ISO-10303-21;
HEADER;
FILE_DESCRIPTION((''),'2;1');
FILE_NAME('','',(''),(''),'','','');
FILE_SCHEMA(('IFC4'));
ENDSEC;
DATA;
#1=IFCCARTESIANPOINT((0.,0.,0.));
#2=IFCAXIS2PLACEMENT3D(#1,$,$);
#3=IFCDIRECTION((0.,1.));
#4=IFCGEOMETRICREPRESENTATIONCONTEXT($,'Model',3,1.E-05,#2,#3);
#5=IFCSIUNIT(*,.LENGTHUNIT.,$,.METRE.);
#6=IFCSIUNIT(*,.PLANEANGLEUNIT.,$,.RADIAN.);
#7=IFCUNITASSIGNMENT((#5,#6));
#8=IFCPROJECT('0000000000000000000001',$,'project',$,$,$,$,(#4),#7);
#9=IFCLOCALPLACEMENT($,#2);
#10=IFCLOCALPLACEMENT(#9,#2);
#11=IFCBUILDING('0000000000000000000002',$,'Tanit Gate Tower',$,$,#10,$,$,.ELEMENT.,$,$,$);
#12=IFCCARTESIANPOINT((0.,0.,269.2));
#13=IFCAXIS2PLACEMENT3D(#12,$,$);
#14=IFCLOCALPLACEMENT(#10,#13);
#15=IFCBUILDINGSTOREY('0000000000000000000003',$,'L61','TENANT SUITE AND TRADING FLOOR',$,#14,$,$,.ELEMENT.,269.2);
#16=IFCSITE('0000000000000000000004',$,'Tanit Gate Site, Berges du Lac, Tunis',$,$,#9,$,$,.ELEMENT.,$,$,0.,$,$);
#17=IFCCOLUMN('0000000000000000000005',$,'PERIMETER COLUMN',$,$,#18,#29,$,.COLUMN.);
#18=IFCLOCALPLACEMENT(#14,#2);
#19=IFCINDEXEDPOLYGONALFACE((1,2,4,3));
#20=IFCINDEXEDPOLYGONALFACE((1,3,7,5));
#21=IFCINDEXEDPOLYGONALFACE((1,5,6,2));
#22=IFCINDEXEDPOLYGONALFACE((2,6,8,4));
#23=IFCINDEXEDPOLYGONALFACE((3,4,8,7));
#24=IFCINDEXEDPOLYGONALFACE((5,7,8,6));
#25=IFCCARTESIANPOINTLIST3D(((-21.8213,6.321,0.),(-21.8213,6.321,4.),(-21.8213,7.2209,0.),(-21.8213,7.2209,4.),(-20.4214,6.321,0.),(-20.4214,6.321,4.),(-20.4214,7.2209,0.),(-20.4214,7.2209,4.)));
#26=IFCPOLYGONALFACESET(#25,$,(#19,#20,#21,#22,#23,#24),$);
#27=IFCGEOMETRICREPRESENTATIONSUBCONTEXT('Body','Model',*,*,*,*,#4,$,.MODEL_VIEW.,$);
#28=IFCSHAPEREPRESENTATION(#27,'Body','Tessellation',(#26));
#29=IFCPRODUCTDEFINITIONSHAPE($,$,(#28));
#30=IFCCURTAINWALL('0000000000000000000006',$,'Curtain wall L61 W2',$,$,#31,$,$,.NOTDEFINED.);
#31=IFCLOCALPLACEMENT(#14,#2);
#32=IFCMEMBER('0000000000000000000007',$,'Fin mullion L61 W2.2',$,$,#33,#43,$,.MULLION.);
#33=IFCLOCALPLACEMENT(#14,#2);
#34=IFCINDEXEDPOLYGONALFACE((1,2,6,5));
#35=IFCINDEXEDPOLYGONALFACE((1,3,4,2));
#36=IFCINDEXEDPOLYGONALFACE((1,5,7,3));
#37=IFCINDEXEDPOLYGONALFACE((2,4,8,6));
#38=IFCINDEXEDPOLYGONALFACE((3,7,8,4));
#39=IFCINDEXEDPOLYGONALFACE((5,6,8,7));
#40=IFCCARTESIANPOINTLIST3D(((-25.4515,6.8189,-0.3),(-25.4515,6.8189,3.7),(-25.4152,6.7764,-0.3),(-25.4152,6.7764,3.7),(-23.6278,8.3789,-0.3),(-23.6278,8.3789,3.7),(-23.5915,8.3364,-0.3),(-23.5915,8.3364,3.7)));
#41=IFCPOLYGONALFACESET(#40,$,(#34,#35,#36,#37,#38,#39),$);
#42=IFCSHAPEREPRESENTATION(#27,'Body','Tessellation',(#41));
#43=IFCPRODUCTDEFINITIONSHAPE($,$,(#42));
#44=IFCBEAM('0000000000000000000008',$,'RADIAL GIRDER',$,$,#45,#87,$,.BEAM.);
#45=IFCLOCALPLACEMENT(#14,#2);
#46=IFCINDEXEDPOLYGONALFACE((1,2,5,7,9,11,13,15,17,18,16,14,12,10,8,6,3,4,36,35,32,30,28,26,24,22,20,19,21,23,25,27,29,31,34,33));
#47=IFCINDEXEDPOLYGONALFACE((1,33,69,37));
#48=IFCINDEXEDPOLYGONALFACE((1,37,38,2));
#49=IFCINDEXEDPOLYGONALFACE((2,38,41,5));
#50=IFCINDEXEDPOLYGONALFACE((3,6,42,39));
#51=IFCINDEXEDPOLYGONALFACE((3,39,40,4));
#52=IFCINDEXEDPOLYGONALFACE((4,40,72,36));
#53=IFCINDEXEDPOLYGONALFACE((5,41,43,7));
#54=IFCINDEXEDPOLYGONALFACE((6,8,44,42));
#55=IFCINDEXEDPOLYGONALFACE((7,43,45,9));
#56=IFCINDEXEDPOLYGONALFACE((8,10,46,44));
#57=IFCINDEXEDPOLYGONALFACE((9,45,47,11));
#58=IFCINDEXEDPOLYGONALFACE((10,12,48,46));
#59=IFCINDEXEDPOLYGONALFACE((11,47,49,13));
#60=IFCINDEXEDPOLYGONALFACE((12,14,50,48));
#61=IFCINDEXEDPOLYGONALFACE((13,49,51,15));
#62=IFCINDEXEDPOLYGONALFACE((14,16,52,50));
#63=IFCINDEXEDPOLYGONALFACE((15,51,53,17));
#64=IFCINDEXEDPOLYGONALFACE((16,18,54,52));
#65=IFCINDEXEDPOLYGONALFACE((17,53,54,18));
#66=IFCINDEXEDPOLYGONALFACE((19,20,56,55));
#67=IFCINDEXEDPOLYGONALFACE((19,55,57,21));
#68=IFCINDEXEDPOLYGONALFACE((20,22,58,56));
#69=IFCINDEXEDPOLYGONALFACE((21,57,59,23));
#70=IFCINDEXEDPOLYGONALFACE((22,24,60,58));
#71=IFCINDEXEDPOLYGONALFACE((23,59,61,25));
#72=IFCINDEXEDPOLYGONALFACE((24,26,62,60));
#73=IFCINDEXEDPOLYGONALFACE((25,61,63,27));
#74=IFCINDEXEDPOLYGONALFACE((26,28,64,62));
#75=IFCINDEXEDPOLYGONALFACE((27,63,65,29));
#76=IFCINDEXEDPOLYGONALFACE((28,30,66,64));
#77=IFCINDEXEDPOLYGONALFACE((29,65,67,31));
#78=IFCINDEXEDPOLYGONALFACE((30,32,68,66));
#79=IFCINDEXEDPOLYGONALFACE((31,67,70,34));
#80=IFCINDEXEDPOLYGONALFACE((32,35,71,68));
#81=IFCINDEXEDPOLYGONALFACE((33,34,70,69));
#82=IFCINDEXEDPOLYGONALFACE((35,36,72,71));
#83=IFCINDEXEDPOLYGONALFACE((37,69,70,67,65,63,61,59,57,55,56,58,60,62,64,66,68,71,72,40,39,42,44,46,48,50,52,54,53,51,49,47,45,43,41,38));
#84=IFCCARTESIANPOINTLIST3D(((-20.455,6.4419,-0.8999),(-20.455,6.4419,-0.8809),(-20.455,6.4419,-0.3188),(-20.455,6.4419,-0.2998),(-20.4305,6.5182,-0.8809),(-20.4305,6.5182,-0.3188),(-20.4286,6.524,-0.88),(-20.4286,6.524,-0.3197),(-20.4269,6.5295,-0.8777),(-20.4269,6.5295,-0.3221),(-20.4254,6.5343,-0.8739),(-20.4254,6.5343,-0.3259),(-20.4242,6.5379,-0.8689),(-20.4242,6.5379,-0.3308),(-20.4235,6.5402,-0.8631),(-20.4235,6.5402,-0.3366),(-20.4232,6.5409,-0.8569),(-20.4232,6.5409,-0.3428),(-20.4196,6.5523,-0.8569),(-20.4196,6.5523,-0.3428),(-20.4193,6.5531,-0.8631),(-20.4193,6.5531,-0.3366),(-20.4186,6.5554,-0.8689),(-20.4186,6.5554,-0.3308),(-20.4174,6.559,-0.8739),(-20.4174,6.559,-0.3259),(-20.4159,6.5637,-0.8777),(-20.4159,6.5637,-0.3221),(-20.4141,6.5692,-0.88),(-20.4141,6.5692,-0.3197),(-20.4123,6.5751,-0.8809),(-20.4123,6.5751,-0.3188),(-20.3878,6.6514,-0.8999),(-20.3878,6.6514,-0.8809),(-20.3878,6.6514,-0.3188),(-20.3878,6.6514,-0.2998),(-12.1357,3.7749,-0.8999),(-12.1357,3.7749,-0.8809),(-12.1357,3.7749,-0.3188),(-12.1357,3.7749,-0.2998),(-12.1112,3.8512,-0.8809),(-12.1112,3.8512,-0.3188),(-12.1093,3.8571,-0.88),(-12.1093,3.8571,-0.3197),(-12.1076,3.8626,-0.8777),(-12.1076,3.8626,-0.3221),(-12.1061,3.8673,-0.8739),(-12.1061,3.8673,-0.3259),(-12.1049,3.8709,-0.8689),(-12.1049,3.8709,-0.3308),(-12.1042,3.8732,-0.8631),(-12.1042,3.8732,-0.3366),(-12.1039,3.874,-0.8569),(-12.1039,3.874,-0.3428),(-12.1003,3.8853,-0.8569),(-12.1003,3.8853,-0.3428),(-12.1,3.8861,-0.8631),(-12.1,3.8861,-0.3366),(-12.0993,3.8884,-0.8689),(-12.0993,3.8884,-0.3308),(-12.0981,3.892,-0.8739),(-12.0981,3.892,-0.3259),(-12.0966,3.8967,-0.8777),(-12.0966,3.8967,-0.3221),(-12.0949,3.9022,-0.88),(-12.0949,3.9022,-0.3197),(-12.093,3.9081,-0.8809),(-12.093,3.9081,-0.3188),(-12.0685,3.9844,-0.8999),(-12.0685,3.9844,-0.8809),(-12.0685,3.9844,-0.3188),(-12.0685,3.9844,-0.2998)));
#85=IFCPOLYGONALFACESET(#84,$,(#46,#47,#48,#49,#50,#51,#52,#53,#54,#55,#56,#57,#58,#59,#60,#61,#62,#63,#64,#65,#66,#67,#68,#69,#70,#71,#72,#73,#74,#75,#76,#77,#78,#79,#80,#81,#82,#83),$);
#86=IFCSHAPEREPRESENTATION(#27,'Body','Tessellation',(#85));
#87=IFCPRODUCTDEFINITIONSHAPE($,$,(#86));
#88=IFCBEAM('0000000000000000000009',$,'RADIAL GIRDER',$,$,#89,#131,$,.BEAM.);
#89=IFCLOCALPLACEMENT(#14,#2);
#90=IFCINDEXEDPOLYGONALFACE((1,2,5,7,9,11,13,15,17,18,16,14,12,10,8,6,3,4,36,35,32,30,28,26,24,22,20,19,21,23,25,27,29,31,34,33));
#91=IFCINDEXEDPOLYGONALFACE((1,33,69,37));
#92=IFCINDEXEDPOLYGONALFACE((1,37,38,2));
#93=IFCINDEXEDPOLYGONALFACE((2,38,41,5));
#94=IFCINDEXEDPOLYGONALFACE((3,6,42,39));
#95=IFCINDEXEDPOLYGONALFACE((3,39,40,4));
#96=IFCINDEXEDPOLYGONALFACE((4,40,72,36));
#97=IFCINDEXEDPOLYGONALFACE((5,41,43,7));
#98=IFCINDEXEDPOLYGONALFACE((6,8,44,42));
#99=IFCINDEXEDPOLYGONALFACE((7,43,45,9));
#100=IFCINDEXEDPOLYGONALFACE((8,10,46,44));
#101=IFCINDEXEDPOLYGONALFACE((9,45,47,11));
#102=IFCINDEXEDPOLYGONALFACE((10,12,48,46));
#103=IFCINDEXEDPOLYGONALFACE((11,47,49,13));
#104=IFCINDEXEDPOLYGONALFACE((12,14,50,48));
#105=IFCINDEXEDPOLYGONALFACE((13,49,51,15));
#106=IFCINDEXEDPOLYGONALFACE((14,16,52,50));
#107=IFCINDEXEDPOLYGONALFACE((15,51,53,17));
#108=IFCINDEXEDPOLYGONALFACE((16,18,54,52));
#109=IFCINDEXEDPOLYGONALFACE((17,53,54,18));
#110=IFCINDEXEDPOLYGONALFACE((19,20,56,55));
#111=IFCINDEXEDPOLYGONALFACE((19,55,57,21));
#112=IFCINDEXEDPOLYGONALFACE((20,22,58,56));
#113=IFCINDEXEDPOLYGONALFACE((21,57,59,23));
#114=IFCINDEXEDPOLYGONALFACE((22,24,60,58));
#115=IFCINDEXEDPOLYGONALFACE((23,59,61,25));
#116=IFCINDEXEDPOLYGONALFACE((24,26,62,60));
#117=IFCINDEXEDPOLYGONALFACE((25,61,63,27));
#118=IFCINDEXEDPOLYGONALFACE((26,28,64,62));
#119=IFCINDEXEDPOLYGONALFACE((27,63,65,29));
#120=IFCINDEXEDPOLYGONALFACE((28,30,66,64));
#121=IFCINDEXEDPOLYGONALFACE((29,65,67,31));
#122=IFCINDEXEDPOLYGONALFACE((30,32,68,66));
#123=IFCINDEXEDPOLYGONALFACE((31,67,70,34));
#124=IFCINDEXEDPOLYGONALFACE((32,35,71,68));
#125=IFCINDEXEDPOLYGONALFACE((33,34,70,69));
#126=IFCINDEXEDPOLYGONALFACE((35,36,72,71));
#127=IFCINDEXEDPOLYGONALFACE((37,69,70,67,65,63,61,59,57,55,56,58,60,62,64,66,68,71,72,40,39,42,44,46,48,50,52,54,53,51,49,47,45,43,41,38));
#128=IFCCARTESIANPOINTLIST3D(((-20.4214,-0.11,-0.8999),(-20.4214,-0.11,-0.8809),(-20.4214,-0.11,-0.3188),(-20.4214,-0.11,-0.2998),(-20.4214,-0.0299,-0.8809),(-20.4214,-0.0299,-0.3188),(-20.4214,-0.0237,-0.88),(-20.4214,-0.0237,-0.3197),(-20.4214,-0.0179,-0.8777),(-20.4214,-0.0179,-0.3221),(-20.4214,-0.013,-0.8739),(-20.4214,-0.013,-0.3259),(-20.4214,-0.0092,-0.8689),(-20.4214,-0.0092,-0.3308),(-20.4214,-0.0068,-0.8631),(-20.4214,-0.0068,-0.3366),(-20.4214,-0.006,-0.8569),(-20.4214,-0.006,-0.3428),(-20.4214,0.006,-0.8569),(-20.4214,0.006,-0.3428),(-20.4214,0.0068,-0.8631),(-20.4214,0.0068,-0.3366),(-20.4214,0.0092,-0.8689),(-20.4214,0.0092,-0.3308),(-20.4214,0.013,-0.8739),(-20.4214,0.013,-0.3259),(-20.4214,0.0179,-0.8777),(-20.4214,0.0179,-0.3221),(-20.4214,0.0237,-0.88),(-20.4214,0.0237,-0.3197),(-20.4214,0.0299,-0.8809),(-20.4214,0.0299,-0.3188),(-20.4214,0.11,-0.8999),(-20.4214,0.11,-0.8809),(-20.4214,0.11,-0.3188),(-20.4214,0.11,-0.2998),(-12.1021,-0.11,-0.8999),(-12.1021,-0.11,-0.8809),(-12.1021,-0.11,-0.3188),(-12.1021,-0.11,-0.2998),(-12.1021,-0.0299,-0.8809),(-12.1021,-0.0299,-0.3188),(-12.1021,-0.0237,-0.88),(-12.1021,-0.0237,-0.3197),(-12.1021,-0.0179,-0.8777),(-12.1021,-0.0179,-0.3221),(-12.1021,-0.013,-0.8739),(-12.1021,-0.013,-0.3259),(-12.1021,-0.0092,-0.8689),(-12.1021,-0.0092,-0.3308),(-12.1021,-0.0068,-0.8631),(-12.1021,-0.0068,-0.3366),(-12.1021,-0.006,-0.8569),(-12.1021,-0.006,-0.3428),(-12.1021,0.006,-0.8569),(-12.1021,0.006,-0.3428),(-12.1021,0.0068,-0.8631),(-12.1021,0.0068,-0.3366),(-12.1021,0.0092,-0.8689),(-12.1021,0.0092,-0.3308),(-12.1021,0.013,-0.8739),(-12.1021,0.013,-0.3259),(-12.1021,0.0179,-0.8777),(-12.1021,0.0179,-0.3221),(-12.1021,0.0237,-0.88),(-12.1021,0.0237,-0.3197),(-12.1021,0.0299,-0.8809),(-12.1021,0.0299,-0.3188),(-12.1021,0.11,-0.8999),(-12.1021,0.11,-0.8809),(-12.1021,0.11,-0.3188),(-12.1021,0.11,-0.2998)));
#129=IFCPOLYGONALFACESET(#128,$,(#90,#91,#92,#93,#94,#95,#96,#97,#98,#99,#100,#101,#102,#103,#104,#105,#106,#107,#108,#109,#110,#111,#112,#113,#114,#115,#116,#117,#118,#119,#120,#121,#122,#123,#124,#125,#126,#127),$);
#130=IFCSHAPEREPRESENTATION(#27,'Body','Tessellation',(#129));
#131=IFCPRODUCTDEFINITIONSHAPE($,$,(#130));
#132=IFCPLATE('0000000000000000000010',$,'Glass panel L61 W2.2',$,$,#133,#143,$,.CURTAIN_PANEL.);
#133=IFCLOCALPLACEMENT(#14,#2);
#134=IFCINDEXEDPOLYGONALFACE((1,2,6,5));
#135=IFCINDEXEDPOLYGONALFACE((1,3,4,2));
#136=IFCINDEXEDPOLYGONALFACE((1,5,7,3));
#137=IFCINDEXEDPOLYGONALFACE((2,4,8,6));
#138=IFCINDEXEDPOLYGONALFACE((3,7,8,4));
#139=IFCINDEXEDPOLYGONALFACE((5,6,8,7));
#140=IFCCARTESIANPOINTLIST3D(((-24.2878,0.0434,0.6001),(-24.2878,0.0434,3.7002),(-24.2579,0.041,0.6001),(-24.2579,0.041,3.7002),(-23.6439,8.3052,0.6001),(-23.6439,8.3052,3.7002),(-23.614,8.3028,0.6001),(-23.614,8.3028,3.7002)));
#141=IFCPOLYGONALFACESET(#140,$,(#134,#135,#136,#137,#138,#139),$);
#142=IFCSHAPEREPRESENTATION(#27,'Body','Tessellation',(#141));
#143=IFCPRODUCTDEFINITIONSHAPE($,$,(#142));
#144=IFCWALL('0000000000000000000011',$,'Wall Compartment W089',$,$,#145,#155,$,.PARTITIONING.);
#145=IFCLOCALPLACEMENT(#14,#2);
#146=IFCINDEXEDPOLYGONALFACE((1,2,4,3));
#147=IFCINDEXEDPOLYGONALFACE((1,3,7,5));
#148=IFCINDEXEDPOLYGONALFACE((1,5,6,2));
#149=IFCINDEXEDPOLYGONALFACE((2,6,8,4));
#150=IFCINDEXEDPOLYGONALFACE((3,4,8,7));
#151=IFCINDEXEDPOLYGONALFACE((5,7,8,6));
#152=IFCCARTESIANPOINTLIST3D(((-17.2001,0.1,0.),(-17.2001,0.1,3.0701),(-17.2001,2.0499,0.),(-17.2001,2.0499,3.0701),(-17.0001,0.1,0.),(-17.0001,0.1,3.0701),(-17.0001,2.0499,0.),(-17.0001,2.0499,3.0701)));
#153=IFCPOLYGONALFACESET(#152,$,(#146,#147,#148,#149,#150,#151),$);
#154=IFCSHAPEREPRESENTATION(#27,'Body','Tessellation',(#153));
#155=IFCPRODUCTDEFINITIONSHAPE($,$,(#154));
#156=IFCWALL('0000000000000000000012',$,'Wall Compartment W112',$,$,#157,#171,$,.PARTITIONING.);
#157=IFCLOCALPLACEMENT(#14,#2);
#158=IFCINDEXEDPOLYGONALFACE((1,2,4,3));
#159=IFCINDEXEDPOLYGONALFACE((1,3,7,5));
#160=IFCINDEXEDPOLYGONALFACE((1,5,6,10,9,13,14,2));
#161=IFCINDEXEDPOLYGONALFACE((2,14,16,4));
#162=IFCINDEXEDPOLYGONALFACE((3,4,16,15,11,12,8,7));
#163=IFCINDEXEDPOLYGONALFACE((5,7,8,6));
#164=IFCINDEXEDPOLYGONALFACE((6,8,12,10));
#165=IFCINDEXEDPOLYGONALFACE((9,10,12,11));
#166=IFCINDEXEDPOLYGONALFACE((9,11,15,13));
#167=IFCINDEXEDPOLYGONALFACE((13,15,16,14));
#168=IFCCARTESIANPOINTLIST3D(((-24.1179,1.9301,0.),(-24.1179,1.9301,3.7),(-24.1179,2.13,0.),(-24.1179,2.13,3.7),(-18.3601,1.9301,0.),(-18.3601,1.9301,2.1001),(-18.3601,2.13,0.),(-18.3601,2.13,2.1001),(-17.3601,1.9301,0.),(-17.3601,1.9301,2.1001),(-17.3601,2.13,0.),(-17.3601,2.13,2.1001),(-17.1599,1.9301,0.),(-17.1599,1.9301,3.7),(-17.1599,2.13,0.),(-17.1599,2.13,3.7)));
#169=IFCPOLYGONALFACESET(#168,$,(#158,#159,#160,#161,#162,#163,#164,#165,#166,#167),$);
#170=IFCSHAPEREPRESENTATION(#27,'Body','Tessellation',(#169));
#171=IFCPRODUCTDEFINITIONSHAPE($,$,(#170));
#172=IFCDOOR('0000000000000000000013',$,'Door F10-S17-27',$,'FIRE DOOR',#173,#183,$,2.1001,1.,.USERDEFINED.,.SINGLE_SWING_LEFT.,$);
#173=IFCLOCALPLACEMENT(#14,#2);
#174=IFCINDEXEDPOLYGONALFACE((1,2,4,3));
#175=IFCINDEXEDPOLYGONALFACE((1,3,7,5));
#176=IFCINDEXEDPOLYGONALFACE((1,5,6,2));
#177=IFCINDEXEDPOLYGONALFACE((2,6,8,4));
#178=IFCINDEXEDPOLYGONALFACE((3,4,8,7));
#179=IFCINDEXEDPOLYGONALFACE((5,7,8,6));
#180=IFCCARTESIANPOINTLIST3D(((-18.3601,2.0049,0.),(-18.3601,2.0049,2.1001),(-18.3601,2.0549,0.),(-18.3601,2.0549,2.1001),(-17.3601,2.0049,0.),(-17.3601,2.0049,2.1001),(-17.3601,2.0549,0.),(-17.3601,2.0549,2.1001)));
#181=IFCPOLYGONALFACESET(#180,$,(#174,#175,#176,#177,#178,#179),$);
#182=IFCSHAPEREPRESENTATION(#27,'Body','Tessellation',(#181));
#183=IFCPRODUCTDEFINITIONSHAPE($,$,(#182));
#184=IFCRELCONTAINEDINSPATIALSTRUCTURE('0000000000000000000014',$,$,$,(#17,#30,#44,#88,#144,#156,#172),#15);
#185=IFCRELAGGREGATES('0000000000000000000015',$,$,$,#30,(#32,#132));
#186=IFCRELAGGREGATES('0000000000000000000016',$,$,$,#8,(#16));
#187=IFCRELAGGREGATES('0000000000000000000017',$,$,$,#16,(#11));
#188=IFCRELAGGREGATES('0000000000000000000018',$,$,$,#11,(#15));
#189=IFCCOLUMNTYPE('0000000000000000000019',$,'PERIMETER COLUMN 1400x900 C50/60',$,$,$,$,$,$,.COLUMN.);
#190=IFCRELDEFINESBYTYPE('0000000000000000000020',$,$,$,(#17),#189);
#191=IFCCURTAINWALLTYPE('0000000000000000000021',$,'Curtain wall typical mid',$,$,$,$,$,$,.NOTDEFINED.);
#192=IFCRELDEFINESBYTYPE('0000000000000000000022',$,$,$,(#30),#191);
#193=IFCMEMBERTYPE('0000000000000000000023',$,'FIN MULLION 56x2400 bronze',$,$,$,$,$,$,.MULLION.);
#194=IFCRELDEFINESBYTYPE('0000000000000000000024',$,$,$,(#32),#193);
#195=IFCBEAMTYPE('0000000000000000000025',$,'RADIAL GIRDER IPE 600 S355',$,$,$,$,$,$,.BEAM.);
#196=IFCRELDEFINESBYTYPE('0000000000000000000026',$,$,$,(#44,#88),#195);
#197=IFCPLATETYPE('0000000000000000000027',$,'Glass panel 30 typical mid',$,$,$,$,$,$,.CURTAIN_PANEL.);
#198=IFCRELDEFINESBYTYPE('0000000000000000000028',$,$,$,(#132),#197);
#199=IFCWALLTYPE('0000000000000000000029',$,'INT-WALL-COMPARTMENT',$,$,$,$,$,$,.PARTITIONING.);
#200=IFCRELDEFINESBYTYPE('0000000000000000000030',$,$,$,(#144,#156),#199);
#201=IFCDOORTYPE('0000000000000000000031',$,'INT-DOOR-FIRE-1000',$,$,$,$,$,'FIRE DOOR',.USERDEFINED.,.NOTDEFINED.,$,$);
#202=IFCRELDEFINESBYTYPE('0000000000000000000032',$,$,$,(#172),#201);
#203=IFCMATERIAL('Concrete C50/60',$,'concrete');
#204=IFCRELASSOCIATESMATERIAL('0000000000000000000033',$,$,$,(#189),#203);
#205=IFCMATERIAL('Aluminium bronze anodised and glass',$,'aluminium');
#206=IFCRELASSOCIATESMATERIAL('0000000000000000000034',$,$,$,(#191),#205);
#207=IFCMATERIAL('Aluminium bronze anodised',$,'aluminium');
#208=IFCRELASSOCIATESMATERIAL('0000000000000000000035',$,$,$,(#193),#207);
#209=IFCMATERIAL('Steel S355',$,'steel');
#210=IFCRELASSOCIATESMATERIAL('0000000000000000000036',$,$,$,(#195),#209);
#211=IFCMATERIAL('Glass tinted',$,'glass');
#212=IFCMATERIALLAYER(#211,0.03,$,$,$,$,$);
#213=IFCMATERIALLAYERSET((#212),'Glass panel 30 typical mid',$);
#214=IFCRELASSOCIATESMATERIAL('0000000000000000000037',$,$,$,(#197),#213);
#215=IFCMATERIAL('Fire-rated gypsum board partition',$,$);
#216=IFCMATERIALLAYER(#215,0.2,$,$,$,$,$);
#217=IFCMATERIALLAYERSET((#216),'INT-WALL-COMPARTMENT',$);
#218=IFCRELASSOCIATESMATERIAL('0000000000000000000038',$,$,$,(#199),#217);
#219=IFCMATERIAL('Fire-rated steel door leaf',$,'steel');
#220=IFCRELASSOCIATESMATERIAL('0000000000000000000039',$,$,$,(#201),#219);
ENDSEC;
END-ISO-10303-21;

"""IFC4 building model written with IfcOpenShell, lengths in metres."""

from ifc_helpers import new_model, si_unit, direction, frame, frame_2d, origin, origin_2d, place, context, subcontext, project, spatial, rectangle, i_section, extrude, material, layer, layer_set, material_profile, profile_set, type_object, element, fill, aggregate, save


model = new_model("IFC4")

# Units and contexts
model_context = context("Model", 3, precision=1e-05, world=origin(), true_north=direction((0.0, 1.0)))
body_context = subcontext(model_context, "Body", "Model", "MODEL_VIEW")
ifc_project = project(units=[si_unit("LENGTHUNIT", "METRE"), si_unit("PLANEANGLEUNIT", "RADIAN")], contexts=[model_context])

# Site, building, storey
site_placement = place(None, origin())
site = spatial("IfcSite", under=ifc_project, at=site_placement, Name="Tanit Gate Site, Berges du Lac, Tunis", CompositionType="ELEMENT", RefElevation=0.0)
building_placement = place(site_placement, origin())
building = spatial("IfcBuilding", under=site, at=building_placement, Name="Tanit Gate Tower", CompositionType="ELEMENT")
storey_placement = place(building_placement, frame((0.0, 0.0, 269.2)))
storey = spatial("IfcBuildingStorey", under=building, at=storey_placement, Name="L61", Description="TENANT SUITE AND TRADING FLOOR", CompositionType="ELEMENT", Elevation=269.2)

# Column
ifc_material_1 = material(Name="Concrete C50/60", Category="concrete")
ifc_material_profile_1 = material_profile(ifc_material_1, rectangle(XDim=1.3999, YDim=0.8999, at=origin_2d()), Name="RC 1400x900")
ifc_profile_set_1 = profile_set([ifc_material_profile_1], Name="Concrete C50/60")
column_type = type_object("IfcColumnType", Name="PERIMETER COLUMN 1400x900 C50/60", PredefinedType="COLUMN", material=ifc_profile_set_1)
column_placement = place(storey_placement, frame((-21.1213, 6.771, 0.0), z_axis=(0.0, 0.0, 1.0), x_axis=(-1.0, 0.0, 0.0)))
element("IfcColumn", 1, at=column_placement, inside=storey, type_object=column_type, Name="PERIMETER COLUMN", PredefinedType="COLUMN", context=body_context, shape_type="SweptSolid", body=[
    extrude(rectangle(XDim=1.3999, YDim=0.8999, at=origin_2d()), origin(), (0.0, 0.0, 1.0), 4.0),
])

# Curtain wall, member
ifc_material_2 = material(Name="Aluminium bronze anodised and glass", Category="aluminium")
curtain_wall_type = type_object("IfcCurtainWallType", Name="Curtain wall typical mid", PredefinedType="NOTDEFINED", material=ifc_material_2)
curtain_wall_placement = place(storey_placement, origin())
curtain_wall = element("IfcCurtainWall", 2, at=curtain_wall_placement, inside=storey, type_object=curtain_wall_type, Name="Curtain wall L61 W2", PredefinedType="NOTDEFINED")
ifc_material_3 = material(Name="Aluminium bronze anodised", Category="aluminium")
ifc_material_profile_2 = material_profile(ifc_material_3, rectangle(XDim=2.3999, YDim=0.0559, at=origin_2d()), Name="56x2400 bronze fin mullion")
ifc_profile_set_2 = profile_set([ifc_material_profile_2], Name="Aluminium bronze anodised")
member_type = type_object("IfcMemberType", Name="FIN MULLION 56x2400 bronze", PredefinedType="MULLION", material=ifc_profile_set_2)
member_placement = place(storey_placement, frame((-24.5215, 7.5776, -0.3), z_axis=(0.0, 0.0, 1.0), x_axis=(0.759912, 0.650026, 0.0)))
member = element("IfcMember", 3, at=member_placement, type_object=member_type, Name="Fin mullion L61 W2.2", PredefinedType="MULLION", context=body_context, shape_type="SweptSolid", body=[
    extrude(rectangle(XDim=2.3999, YDim=0.0559, at=origin_2d()), origin(), (0.0, 0.0, 1.0), 4.0),
])

# Beams
ifc_material_4 = material(Name="Steel S355", Category="steel")
ifc_material_profile_3 = material_profile(ifc_material_4, i_section(OverallWidth=0.22, OverallDepth=0.6001, WebThickness=0.012, FlangeThickness=0.019, FilletRadius=0.0239, at=origin_2d()), Name="IPE 600")
ifc_profile_set_3 = profile_set([ifc_material_profile_3], Name="Steel S355")
beam_type = type_object("IfcBeamType", Name="RADIAL GIRDER IPE 600 S355", PredefinedType="BEAM", material=ifc_profile_set_3)
beam_1_placement = place(storey_placement, frame((-20.4214, 6.5466, -0.5999), z_axis=(0.952264, -0.305275, 0.0), x_axis=(0.305275, 0.952264, 0.0)))
element("IfcBeam", 4, at=beam_1_placement, inside=storey, type_object=beam_type, Name="RADIAL GIRDER", PredefinedType="BEAM", context=body_context, shape_type="SweptSolid", body=[
    extrude(i_section(OverallWidth=0.22, OverallDepth=0.6001, WebThickness=0.012, FlangeThickness=0.019, FilletRadius=0.0239, at=origin_2d()), origin(), (0.0, 0.0, 1.0), 8.7363),
])
beam_2_placement = place(storey_placement, frame((-20.4214, 0.0, -0.5999), z_axis=(1.0, 0.0, 0.0), x_axis=(0.0, 1.0, 0.0)))
element("IfcBeam", 5, at=beam_2_placement, inside=storey, type_object=beam_type, Name="RADIAL GIRDER", PredefinedType="BEAM", context=body_context, shape_type="SweptSolid", body=[
    extrude(i_section(OverallWidth=0.22, OverallDepth=0.6001, WebThickness=0.012, FlangeThickness=0.019, FilletRadius=0.0239, at=origin_2d()), origin(), (0.0, 0.0, 1.0), 8.3193),
])

# Plate
ifc_material_5 = material(Name="Glass tinted", Category="glass")
ifc_layer_1 = layer(ifc_material_5, 0.03)
ifc_layer_set_1 = layer_set([ifc_layer_1], Name="Glass panel 30 typical mid")
plate_type = type_object("IfcPlateType", Name="Glass panel 30 typical mid", PredefinedType="CURTAIN_PANEL", material=ifc_layer_set_1)
plate_placement = place(storey_placement, frame((-23.9509, 4.1731, 0.6001), z_axis=(0.0, 0.0, 1.0), x_axis=(-0.077701, -0.996977, 0.0)))
plate = element("IfcPlate", 6, at=plate_placement, type_object=plate_type, Name="Glass panel L61 W2.2", PredefinedType="CURTAIN_PANEL", context=body_context, shape_type="SweptSolid", body=[
    extrude(rectangle(XDim=8.2869, YDim=0.03, at=origin_2d()), origin(), (0.0, 0.0, 1.0), 3.1001),
])
aggregate(curtain_wall, [member, plate])

# Wall
ifc_material_6 = material(Name="Fire-rated gypsum board partition")
ifc_layer_2 = layer(ifc_material_6, 0.2)
ifc_layer_set_2 = layer_set([ifc_layer_2], Name="INT-WALL-COMPARTMENT")
wall_type_1 = type_object("IfcWallType", Name="INT-WALL-COMPARTMENT", PredefinedType="PARTITIONING", material=ifc_layer_set_2)
wall_1_placement = place(storey_placement, frame((-17.1001, 2.05, 0.0), z_axis=(0.0, 0.0, 1.0), x_axis=(0.0, -1.0, 0.0)))
element("IfcWall", 7, at=wall_1_placement, inside=storey, type_object=wall_type_1, Name="Wall Compartment W089", PredefinedType="PARTITIONING", context=body_context, shape_type="SweptSolid", body=[
    extrude(rectangle(XDim=1.95, YDim=0.2, at=frame_2d((0.9751, 0.0))), origin(), (0.0, 0.0, 1.0), 3.0701),
])

# Wall, opening, door
wall_2_placement = place(storey_placement, frame((-24.1179, 2.03, 0.0), z_axis=(0.0, 0.0, 1.0), x_axis=(1.0, 0.0, 0.0)))
wall_2 = element("IfcWall", 8, at=wall_2_placement, inside=storey, type_object=wall_type_1, Name="Wall Compartment W112", PredefinedType="PARTITIONING", context=body_context, shape_type="SweptSolid", body=[
    extrude(rectangle(XDim=6.958, YDim=0.2, at=frame_2d((3.479, 0.0))), origin(), (0.0, 0.0, 1.0), 3.7),
])
opening_1_placement = place(wall_2_placement, frame((5.7578, 0.0, 0.0)))
opening_1 = element("IfcOpeningElement", 9, at=opening_1_placement, cuts=wall_2, PredefinedType="OPENING", context=body_context, shape_type="SweptSolid", body=[
    extrude(rectangle(XDim=1.0, YDim=2.1001, at=frame_2d((0.5, 1.05))), frame((0.0, 0.1099, 0.0), z_axis=(0.0, -1.0, 0.0), x_axis=(1.0, 0.0, 0.0)), (0.0, 0.0, 1.0), 0.22),
])
ifc_material_7 = material(Name="Fire-rated steel door leaf", Category="steel")
door_type_1 = type_object("IfcDoorType", Name="INT-DOOR-FIRE-1000", ElementType="FIRE DOOR", OperationType="NOTDEFINED", PredefinedType="USERDEFINED", material=ifc_material_7)
door_1_placement = place(opening_1_placement, origin())
door_1 = element("IfcDoor", 10, at=door_1_placement, inside=storey, type_object=door_type_1, Name="Door F10-S17-27", ObjectType="FIRE DOOR", OperationType="SINGLE_SWING_LEFT", OverallHeight=2.1001, OverallWidth=1.0, PredefinedType="USERDEFINED", context=body_context, shape_type="SweptSolid", body=[
    extrude(rectangle(XDim=1.0, YDim=2.1001, at=frame_2d((0.5, 1.05))), frame((0.0, 0.0249, 0.0), z_axis=(0.0, -1.0, 0.0), x_axis=(1.0, 0.0, 0.0)), (0.0, 0.0, 1.0), 0.05),
])
fill(opening_1, door_1)

save(model, "model.ifc")
